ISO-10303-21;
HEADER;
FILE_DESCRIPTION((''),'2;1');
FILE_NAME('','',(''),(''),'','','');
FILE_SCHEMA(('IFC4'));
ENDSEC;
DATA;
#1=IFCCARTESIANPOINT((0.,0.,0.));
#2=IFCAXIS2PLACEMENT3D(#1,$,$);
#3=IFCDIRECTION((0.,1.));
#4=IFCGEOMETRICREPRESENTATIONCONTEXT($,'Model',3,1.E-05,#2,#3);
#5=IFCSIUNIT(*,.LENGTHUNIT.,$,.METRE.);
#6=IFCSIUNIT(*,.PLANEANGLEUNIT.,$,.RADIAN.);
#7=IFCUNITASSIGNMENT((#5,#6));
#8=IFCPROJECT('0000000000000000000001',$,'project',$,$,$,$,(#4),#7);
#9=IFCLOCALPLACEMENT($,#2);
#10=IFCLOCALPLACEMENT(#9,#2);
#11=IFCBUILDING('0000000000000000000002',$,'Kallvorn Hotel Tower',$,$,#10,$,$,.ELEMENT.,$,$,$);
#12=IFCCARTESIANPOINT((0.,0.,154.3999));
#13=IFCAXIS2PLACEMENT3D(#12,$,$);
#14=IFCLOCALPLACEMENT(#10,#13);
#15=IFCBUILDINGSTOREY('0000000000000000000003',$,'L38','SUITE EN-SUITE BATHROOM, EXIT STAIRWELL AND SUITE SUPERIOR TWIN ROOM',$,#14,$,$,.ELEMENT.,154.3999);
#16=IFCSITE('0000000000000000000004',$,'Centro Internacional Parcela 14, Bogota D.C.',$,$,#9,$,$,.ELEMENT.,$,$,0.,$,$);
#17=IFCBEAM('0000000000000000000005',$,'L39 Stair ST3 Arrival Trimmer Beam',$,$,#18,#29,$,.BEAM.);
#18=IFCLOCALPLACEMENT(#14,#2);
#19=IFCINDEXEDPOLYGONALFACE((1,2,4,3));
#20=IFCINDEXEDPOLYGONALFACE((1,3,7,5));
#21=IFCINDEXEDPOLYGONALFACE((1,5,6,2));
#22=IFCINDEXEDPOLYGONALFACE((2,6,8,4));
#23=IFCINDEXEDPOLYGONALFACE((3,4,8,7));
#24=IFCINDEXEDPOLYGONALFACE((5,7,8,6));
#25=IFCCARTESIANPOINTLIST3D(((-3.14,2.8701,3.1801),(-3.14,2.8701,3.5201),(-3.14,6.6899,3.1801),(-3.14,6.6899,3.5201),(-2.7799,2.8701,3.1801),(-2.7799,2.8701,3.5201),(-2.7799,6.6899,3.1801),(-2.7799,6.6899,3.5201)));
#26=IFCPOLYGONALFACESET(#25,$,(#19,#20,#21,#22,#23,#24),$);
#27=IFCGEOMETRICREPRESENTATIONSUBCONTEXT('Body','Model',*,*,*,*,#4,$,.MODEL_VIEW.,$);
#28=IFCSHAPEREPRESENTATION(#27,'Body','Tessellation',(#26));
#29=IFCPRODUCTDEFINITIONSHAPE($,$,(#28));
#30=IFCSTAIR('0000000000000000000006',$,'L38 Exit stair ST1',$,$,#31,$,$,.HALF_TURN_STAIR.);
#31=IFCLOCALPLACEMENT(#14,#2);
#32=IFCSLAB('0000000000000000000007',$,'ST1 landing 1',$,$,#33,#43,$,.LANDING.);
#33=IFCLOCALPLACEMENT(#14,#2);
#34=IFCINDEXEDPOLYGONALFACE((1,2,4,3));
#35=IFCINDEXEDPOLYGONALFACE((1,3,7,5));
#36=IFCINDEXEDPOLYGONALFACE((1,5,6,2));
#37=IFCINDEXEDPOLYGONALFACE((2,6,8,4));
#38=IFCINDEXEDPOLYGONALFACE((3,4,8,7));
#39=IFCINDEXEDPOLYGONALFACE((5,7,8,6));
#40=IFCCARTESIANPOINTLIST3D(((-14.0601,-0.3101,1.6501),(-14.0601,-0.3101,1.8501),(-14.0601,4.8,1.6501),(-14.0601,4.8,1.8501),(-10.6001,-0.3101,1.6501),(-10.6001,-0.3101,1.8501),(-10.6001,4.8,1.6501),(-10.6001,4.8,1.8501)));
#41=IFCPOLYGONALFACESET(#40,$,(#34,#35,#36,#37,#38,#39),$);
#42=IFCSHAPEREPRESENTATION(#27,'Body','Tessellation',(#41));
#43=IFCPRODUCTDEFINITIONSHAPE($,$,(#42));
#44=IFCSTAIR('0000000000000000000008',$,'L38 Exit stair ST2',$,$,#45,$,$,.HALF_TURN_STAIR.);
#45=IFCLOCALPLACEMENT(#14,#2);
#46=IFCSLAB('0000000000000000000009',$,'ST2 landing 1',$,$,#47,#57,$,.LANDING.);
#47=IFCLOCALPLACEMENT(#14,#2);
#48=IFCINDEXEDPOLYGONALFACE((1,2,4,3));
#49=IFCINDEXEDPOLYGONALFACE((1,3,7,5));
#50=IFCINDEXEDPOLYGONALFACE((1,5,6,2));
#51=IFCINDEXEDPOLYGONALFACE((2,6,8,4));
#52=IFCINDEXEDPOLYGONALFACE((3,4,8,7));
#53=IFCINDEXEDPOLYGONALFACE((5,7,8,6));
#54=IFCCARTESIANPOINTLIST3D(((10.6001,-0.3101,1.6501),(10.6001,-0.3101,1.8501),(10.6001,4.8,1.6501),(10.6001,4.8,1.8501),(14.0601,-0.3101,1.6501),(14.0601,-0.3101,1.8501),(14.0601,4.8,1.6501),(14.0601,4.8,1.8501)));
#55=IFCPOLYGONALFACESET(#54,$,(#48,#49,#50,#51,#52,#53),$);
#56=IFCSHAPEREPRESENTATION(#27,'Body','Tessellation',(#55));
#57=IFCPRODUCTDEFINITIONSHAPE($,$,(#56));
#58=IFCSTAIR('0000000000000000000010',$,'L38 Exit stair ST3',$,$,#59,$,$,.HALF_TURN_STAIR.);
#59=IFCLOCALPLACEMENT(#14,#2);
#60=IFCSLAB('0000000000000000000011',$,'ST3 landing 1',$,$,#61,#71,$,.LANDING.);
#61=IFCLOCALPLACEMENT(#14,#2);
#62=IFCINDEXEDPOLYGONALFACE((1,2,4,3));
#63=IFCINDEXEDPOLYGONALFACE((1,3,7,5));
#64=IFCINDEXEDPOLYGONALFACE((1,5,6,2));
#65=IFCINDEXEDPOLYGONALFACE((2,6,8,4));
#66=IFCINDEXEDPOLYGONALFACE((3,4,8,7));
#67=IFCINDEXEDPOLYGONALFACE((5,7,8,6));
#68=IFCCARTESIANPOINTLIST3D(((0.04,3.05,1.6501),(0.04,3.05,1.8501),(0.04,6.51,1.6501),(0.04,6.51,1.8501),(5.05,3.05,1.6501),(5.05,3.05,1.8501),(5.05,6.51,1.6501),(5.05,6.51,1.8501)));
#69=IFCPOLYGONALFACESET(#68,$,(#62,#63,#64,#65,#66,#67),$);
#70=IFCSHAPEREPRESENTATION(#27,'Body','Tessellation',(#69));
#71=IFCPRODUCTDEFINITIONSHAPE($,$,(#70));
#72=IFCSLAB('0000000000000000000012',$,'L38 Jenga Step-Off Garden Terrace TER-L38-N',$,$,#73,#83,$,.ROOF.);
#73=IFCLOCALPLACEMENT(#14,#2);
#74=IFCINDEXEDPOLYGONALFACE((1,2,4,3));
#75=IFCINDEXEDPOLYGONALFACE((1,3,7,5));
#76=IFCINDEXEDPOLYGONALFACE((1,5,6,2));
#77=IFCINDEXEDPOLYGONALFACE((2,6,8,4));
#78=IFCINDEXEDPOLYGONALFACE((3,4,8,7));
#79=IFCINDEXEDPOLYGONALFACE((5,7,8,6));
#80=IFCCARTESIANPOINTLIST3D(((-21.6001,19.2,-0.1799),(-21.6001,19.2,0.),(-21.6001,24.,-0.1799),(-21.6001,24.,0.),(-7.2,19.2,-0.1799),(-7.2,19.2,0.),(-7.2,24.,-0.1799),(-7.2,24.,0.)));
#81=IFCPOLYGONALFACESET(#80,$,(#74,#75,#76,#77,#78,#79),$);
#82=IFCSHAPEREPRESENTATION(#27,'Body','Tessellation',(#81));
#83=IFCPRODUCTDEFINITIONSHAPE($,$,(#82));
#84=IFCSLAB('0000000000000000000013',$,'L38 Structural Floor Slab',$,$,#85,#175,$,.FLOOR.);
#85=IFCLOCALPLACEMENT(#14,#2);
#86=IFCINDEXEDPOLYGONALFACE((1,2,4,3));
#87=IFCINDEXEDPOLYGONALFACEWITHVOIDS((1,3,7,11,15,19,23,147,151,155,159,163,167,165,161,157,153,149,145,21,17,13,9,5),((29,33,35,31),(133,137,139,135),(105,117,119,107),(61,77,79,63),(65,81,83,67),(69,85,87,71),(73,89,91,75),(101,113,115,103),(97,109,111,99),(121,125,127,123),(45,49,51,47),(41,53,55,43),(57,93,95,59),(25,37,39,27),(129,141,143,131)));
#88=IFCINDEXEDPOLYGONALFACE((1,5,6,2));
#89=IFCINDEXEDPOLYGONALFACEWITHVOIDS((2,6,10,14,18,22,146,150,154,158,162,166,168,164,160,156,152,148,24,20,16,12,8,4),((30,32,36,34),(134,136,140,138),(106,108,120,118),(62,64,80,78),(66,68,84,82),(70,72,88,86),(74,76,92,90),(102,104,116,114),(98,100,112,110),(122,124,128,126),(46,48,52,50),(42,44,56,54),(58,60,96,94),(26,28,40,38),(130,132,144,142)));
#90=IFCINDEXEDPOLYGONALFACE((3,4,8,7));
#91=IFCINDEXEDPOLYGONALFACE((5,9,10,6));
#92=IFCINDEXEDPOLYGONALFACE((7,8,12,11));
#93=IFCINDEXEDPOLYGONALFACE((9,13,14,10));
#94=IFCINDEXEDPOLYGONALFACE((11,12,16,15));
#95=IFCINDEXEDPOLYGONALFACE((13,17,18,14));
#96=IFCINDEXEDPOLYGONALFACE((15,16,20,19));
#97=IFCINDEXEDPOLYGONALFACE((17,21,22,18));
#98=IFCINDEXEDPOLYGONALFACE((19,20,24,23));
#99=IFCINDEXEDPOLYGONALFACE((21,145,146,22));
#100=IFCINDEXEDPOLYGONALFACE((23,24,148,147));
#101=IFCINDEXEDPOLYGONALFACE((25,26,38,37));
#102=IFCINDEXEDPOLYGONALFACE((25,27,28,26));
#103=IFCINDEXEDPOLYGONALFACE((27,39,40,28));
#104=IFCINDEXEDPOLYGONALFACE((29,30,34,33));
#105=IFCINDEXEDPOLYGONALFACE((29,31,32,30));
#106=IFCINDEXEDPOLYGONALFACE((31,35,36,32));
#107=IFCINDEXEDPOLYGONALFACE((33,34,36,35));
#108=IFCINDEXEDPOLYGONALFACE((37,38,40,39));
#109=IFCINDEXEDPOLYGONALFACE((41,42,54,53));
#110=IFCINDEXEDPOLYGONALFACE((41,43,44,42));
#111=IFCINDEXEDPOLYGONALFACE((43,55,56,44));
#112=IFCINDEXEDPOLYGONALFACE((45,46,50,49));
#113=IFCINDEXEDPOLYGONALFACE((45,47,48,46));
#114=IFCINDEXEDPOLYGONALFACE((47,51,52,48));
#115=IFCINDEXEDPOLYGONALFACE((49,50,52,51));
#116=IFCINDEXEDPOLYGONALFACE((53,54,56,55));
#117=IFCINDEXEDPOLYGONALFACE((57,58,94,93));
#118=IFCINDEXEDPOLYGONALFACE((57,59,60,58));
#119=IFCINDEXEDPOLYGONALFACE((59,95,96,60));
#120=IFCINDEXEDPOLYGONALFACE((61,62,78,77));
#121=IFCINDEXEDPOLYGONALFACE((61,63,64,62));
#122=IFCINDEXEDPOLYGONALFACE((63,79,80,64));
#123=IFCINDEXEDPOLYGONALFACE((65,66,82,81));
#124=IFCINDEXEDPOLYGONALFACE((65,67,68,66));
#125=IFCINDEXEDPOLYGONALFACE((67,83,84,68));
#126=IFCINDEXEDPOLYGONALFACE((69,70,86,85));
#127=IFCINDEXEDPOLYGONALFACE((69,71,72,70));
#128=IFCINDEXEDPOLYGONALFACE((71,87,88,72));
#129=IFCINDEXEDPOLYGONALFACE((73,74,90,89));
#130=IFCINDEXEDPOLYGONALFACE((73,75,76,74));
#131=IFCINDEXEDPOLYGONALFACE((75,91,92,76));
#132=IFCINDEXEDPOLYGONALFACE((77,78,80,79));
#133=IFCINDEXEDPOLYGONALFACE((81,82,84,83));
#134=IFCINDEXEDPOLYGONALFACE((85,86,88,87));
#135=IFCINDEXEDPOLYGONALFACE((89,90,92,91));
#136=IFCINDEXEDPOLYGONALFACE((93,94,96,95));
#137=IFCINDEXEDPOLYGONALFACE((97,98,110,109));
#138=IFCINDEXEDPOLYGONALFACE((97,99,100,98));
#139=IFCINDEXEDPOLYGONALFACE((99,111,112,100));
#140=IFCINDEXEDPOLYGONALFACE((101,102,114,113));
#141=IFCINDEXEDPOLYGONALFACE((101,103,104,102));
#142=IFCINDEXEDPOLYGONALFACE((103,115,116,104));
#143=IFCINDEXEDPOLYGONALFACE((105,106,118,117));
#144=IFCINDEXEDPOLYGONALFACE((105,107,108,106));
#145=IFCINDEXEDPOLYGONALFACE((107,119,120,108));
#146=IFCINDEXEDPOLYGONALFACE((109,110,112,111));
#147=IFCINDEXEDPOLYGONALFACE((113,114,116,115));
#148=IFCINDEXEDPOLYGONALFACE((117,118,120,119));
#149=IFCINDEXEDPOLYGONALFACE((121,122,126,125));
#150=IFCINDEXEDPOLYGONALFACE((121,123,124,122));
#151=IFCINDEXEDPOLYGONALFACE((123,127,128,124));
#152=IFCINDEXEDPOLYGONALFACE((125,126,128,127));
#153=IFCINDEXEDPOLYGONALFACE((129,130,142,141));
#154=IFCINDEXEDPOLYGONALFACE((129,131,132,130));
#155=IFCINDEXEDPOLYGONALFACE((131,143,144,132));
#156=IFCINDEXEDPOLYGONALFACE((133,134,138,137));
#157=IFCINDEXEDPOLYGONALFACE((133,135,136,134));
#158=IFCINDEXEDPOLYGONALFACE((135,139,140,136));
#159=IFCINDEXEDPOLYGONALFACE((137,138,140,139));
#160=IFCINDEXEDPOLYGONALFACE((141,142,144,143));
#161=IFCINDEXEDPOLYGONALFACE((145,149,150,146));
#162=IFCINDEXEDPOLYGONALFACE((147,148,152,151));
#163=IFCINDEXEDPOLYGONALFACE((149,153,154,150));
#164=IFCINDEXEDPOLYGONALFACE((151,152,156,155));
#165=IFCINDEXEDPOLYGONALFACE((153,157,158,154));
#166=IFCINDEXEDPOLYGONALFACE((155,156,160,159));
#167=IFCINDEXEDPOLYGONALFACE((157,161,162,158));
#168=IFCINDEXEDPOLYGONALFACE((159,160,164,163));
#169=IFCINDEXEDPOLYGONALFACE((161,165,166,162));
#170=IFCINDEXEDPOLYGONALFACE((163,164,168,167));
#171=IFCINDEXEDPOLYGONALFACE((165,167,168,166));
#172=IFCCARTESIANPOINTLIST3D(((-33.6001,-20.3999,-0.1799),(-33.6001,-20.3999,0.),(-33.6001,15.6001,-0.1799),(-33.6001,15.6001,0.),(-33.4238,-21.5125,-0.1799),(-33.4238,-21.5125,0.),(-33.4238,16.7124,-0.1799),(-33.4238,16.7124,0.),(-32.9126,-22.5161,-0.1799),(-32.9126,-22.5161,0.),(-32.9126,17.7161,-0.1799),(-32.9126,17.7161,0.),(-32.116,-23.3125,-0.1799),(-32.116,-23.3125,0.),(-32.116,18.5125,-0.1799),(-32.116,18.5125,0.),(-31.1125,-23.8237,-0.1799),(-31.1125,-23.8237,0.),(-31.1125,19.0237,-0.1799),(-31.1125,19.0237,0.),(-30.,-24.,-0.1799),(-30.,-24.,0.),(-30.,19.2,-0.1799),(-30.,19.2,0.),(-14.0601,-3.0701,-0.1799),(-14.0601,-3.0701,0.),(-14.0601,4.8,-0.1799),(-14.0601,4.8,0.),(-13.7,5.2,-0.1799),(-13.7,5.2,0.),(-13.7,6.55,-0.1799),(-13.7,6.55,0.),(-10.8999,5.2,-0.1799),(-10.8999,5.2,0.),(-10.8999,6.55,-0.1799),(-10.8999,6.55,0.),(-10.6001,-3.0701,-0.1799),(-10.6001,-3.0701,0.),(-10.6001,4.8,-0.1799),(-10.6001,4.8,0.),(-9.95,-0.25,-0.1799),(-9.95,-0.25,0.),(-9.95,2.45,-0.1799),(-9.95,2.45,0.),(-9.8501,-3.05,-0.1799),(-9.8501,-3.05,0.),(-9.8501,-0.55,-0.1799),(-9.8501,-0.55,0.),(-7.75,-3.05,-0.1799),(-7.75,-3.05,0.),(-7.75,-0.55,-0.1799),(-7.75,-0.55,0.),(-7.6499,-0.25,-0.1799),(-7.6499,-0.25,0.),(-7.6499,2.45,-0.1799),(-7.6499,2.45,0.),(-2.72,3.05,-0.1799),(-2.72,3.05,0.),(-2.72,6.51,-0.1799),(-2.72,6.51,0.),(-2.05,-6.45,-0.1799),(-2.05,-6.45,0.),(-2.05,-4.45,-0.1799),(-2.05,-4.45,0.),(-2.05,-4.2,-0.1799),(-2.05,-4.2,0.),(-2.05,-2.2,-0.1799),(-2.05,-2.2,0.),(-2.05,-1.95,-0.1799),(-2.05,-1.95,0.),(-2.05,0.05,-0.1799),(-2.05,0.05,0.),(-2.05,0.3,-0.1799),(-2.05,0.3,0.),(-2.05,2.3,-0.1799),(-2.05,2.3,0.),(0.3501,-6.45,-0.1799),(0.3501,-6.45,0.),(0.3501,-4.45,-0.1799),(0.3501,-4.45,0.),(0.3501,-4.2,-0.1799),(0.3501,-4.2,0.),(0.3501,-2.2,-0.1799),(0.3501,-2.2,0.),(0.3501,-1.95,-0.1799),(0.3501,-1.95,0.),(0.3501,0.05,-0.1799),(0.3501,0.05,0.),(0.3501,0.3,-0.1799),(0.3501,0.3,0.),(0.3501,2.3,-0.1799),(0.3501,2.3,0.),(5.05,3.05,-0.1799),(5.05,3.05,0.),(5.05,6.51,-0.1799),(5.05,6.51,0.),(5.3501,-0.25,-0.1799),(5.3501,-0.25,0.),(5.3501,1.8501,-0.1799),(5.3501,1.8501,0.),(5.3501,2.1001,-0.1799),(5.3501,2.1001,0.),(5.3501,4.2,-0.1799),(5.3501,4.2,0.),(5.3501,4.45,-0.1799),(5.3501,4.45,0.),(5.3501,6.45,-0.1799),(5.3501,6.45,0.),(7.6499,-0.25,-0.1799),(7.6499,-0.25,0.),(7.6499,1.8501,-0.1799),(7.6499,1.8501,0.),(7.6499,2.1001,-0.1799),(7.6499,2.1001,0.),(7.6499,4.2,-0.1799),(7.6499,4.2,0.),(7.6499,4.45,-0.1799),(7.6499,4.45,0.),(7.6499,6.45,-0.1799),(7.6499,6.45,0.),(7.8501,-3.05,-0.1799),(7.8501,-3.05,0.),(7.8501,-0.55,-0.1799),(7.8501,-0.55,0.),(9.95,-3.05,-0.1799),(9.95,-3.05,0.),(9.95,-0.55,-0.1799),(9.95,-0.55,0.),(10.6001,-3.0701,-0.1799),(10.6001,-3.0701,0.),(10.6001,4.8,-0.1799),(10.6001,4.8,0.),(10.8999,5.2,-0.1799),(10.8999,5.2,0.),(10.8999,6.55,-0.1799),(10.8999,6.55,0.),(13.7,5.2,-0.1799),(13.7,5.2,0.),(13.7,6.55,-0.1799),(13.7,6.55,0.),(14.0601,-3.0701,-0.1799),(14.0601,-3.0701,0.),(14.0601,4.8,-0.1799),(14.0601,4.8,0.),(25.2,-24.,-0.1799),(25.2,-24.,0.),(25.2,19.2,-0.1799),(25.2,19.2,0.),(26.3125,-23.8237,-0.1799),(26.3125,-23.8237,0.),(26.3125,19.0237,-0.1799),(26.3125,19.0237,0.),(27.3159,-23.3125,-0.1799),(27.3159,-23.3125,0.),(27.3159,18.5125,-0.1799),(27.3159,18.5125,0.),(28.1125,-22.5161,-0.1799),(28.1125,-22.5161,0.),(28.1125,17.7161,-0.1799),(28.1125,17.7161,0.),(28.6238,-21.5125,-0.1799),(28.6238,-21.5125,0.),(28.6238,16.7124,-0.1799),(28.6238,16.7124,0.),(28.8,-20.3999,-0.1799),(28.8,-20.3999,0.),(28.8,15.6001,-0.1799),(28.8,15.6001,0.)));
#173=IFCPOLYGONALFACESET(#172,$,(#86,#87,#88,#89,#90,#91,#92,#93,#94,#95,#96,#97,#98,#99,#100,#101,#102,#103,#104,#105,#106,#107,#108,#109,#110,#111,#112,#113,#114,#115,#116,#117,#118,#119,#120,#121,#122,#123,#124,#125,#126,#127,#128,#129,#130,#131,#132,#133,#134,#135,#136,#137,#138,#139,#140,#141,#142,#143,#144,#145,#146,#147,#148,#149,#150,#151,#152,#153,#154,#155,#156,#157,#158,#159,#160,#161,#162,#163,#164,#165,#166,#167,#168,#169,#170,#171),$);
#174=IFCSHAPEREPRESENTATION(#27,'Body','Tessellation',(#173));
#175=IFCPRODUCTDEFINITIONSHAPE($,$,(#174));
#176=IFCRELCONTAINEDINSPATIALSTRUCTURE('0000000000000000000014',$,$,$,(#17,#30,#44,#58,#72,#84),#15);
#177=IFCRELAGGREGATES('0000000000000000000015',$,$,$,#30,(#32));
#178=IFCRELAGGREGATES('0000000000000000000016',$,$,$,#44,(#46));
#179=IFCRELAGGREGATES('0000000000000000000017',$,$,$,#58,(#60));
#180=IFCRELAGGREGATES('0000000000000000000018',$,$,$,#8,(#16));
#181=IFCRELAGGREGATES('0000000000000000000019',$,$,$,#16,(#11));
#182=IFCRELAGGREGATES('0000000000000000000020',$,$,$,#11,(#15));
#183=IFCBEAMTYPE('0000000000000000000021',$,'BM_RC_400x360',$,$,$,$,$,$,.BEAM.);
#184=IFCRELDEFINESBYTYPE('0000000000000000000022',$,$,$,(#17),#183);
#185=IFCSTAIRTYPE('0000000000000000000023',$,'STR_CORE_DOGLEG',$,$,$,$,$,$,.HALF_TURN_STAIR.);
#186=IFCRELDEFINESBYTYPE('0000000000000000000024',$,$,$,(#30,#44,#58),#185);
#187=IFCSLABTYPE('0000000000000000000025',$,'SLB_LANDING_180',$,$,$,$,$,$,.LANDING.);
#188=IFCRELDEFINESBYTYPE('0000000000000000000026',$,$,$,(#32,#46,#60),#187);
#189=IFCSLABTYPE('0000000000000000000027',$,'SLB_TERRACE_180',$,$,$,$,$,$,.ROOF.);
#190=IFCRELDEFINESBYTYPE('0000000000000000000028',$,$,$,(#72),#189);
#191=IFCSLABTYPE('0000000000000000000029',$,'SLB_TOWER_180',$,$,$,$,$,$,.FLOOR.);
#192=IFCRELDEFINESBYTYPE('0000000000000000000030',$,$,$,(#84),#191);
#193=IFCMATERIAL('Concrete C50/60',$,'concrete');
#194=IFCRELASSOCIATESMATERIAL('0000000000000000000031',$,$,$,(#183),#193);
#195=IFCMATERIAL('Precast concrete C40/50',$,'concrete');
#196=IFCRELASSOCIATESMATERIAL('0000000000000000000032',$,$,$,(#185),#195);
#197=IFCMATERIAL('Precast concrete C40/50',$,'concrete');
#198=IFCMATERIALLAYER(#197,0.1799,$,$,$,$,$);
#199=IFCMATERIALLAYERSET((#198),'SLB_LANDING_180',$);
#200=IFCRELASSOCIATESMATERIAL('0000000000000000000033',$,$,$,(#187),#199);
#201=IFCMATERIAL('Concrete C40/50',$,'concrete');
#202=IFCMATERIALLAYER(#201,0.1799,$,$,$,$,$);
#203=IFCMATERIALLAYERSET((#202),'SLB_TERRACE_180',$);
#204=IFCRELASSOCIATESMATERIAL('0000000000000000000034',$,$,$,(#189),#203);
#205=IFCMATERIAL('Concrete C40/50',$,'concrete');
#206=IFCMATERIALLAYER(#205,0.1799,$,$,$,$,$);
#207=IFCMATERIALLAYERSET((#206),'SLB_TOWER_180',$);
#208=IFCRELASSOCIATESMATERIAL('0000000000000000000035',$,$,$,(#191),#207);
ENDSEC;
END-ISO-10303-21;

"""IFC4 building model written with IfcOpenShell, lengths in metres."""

from ifc_helpers import new_model, si_unit, direction, frame, origin, origin_2d, place, context, subcontext, project, spatial, polyline, rectangle, outline, extrude, material, layer, layer_set, material_profile, profile_set, type_object, element, aggregate, save


model = new_model("IFC4")

# Units and contexts
model_context = context("Model", 3, precision=1e-05, world=origin(), true_north=direction((0.0, 1.0)))
body_context = subcontext(model_context, "Body", "Model", "MODEL_VIEW")
ifc_project = project(units=[si_unit("LENGTHUNIT", "METRE"), si_unit("PLANEANGLEUNIT", "RADIAN")], contexts=[model_context])

# Site, building, storey
site_placement = place(None, origin())
site = spatial("IfcSite", under=ifc_project, at=site_placement, Name="Centro Internacional Parcela 14, Bogota D.C.", CompositionType="ELEMENT", RefElevation=0.0)
building_placement = place(site_placement, origin())
building = spatial("IfcBuilding", under=site, at=building_placement, Name="Kallvorn Hotel Tower", CompositionType="ELEMENT")
storey_placement = place(building_placement, frame((0.0, 0.0, 154.3999)))
storey = spatial("IfcBuildingStorey", under=building, at=storey_placement, Name="L38", Description="SUITE EN-SUITE BATHROOM, EXIT STAIRWELL AND SUITE SUPERIOR TWIN ROOM", CompositionType="ELEMENT", Elevation=154.3999)

# Beam
ifc_material_1 = material(Name="Concrete C50/60", Category="concrete")
ifc_material_profile = material_profile(ifc_material_1, rectangle(XDim=0.3601, YDim=0.3401, at=origin_2d()), Name="RC 360x340")
ifc_profile_set = profile_set([ifc_material_profile], Name="Concrete C50/60")
beam_type = type_object("IfcBeamType", Name="BM_RC_400x360", PredefinedType="BEAM", material=ifc_profile_set)
beam_placement = place(storey_placement, frame((-2.96, 2.8701, 3.3501), z_axis=(0.0, 1.0, 0.0), x_axis=(-1.0, 0.0, 0.0)))
element("IfcBeam", 1, at=beam_placement, inside=storey, type_object=beam_type, Name="L39 Stair ST3 Arrival Trimmer Beam", PredefinedType="BEAM", context=body_context, shape_type="SweptSolid", body=[
    extrude(rectangle(XDim=0.3601, YDim=0.3401, at=origin_2d()), origin(), (0.0, 0.0, 1.0), 3.8198),
])

# Stairs, slabs
ifc_material_2 = material(Name="Precast concrete C40/50", Category="concrete")
stair_type = type_object("IfcStairType", Name="STR_CORE_DOGLEG", PredefinedType="HALF_TURN_STAIR", material=ifc_material_2)
stair_1_placement = place(storey_placement, origin())
stair_1 = element("IfcStair", 2, at=stair_1_placement, inside=storey, type_object=stair_type, Name="L38 Exit stair ST1", PredefinedType="HALF_TURN_STAIR")
ifc_material_3 = material(Name="Precast concrete C40/50", Category="concrete")
ifc_layer_1 = layer(ifc_material_3, 0.1799)
ifc_layer_set_1 = layer_set([ifc_layer_1], Name="SLB_LANDING_180")
slab_type_1 = type_object("IfcSlabType", Name="SLB_LANDING_180", PredefinedType="LANDING", material=ifc_layer_set_1)
slab_1_placement = place(storey_placement, frame((0.0, 0.0, 1.6501)))
slab_1 = element("IfcSlab", 3, at=slab_1_placement, type_object=slab_type_1, Name="ST1 landing 1", PredefinedType="LANDING", context=body_context, shape_type="SweptSolid", body=[
    extrude(outline(polyline([(-10.6001, -0.3101), (-10.6001, 4.8), (-14.0601, 4.8), (-14.0601, -0.3101), (-10.6001, -0.3101)])), origin(), (0.0, 0.0, 1.0), 0.2),
])
aggregate(stair_1, [slab_1])
stair_2_placement = place(storey_placement, origin())
stair_2 = element("IfcStair", 4, at=stair_2_placement, inside=storey, type_object=stair_type, Name="L38 Exit stair ST2", PredefinedType="HALF_TURN_STAIR")
slab_2_placement = place(storey_placement, frame((0.0, 0.0, 1.6501)))
slab_2 = element("IfcSlab", 5, at=slab_2_placement, type_object=slab_type_1, Name="ST2 landing 1", PredefinedType="LANDING", context=body_context, shape_type="SweptSolid", body=[
    extrude(outline(polyline([(14.0601, -0.3101), (14.0601, 4.8), (10.6001, 4.8), (10.6001, -0.3101), (14.0601, -0.3101)])), origin(), (0.0, 0.0, 1.0), 0.2),
])
stair_3_placement = place(storey_placement, origin())
stair_3 = element("IfcStair", 6, at=stair_3_placement, inside=storey, type_object=stair_type, Name="L38 Exit stair ST3", PredefinedType="HALF_TURN_STAIR")
slab_3_placement = place(storey_placement, frame((0.0, 0.0, 1.6501)))
slab_3 = element("IfcSlab", 7, at=slab_3_placement, type_object=slab_type_1, Name="ST3 landing 1", PredefinedType="LANDING", context=body_context, shape_type="SweptSolid", body=[
    extrude(outline(polyline([(0.04, 3.05), (5.05, 3.05), (5.05, 6.51), (0.04, 6.51), (0.04, 3.05)])), origin(), (0.0, 0.0, 1.0), 0.2),
])

# Slabs
ifc_material_4 = material(Name="Concrete C40/50", Category="concrete")
ifc_layer_2 = layer(ifc_material_4, 0.1799)
ifc_layer_set_2 = layer_set([ifc_layer_2], Name="SLB_TERRACE_180")
slab_type_2 = type_object("IfcSlabType", Name="SLB_TERRACE_180", PredefinedType="ROOF", material=ifc_layer_set_2)
slab_4_placement = place(storey_placement, frame((0.0, 0.0, -0.1799)))
element("IfcSlab", 8, at=slab_4_placement, inside=storey, type_object=slab_type_2, Name="L38 Jenga Step-Off Garden Terrace TER-L38-N", PredefinedType="ROOF", context=body_context, shape_type="SweptSolid", body=[
    extrude(outline(polyline([(-21.6001, 19.2), (-7.2, 19.2), (-7.2, 24.0), (-21.6001, 24.0), (-21.6001, 19.2)])), origin(), (0.0, 0.0, 1.0), 0.1799),
])
ifc_material_5 = material(Name="Concrete C40/50", Category="concrete")
ifc_layer_3 = layer(ifc_material_5, 0.1799)
ifc_layer_set_3 = layer_set([ifc_layer_3], Name="SLB_TOWER_180")
slab_type_3 = type_object("IfcSlabType", Name="SLB_TOWER_180", PredefinedType="FLOOR", material=ifc_layer_set_3)
slab_5_placement = place(storey_placement, frame((0.0, 0.0, -0.1799)))
element("IfcSlab", 9, at=slab_5_placement, inside=storey, type_object=slab_type_3, Name="L38 Structural Floor Slab", PredefinedType="FLOOR", context=body_context, shape_type="SweptSolid", body=[
    extrude(outline(polyline([(25.2, -24.0), (26.3125, -23.8237), (27.3159, -23.3125), (28.1125, -22.5161), (28.6238, -21.5125), (28.8, -20.3999), (28.8, 15.6001), (28.6238, 16.7124), (28.1125, 17.7161), (27.3159, 18.5125), (26.3125, 19.0237), (25.2, 19.2), (-30.0, 19.2), (-31.1125, 19.0237), (-32.116, 18.5125), (-32.9126, 17.7161), (-33.4238, 16.7124), (-33.6001, 15.6001), (-33.6001, -20.3999), (-33.4238, -21.5125), (-32.9126, -22.5161), (-32.116, -23.3125), (-31.1125, -23.8237), (-30.0, -24.0), (25.2, -24.0)]), holes=[polyline([(-10.6001, -3.0701), (-10.6001, 4.8), (-14.0601, 4.8), (-14.0601, -3.0701), (-10.6001, -3.0701)]), polyline([(14.0601, -3.0701), (14.0601, 4.8), (10.6001, 4.8), (10.6001, -3.0701), (14.0601, -3.0701)]), polyline([(-2.72, 3.05), (5.05, 3.05), (5.05, 6.51), (-2.72, 6.51), (-2.72, 3.05)]), polyline([(-2.05, -6.45), (0.3501, -6.45), (0.3501, -4.45), (-2.05, -4.45), (-2.05, -6.45)]), polyline([(-2.05, -4.2), (0.3501, -4.2), (0.3501, -2.2), (-2.05, -2.2), (-2.05, -4.2)]), polyline([(-2.05, -1.95), (0.3501, -1.95), (0.3501, 0.05), (-2.05, 0.05), (-2.05, -1.95)]), polyline([(-2.05, 0.3), (0.3501, 0.3), (0.3501, 2.3), (-2.05, 2.3), (-2.05, 0.3)]), polyline([(5.3501, -0.25), (7.6499, -0.25), (7.6499, 1.8501), (5.3501, 1.8501), (5.3501, -0.25)]), polyline([(5.3501, 2.1001), (7.6499, 2.1001), (7.6499, 4.2), (5.3501, 4.2), (5.3501, 2.1001)]), polyline([(5.3501, 4.45), (7.6499, 4.45), (7.6499, 6.45), (5.3501, 6.45), (5.3501, 4.45)]), polyline([(-9.8501, -3.05), (-7.75, -3.05), (-7.75, -0.55), (-9.8501, -0.55), (-9.8501, -3.05)]), polyline([(7.8501, -3.05), (9.95, -3.05), (9.95, -0.55), (7.8501, -0.55), (7.8501, -3.05)]), polyline([(-9.95, -0.25), (-7.6499, -0.25), (-7.6499, 2.45), (-9.95, 2.45), (-9.95, -0.25)]), polyline([(-13.7, 5.2), (-10.8999, 5.2), (-10.8999, 6.55), (-13.7, 6.55), (-13.7, 5.2)]), polyline([(10.8999, 5.2), (13.7, 5.2), (13.7, 6.55), (10.8999, 6.55), (10.8999, 5.2)])]), origin(), (0.0, 0.0, 1.0), 0.1799),
])

aggregate(stair_2, [slab_2])
aggregate(stair_3, [slab_3])

save(model, "model.ifc")
